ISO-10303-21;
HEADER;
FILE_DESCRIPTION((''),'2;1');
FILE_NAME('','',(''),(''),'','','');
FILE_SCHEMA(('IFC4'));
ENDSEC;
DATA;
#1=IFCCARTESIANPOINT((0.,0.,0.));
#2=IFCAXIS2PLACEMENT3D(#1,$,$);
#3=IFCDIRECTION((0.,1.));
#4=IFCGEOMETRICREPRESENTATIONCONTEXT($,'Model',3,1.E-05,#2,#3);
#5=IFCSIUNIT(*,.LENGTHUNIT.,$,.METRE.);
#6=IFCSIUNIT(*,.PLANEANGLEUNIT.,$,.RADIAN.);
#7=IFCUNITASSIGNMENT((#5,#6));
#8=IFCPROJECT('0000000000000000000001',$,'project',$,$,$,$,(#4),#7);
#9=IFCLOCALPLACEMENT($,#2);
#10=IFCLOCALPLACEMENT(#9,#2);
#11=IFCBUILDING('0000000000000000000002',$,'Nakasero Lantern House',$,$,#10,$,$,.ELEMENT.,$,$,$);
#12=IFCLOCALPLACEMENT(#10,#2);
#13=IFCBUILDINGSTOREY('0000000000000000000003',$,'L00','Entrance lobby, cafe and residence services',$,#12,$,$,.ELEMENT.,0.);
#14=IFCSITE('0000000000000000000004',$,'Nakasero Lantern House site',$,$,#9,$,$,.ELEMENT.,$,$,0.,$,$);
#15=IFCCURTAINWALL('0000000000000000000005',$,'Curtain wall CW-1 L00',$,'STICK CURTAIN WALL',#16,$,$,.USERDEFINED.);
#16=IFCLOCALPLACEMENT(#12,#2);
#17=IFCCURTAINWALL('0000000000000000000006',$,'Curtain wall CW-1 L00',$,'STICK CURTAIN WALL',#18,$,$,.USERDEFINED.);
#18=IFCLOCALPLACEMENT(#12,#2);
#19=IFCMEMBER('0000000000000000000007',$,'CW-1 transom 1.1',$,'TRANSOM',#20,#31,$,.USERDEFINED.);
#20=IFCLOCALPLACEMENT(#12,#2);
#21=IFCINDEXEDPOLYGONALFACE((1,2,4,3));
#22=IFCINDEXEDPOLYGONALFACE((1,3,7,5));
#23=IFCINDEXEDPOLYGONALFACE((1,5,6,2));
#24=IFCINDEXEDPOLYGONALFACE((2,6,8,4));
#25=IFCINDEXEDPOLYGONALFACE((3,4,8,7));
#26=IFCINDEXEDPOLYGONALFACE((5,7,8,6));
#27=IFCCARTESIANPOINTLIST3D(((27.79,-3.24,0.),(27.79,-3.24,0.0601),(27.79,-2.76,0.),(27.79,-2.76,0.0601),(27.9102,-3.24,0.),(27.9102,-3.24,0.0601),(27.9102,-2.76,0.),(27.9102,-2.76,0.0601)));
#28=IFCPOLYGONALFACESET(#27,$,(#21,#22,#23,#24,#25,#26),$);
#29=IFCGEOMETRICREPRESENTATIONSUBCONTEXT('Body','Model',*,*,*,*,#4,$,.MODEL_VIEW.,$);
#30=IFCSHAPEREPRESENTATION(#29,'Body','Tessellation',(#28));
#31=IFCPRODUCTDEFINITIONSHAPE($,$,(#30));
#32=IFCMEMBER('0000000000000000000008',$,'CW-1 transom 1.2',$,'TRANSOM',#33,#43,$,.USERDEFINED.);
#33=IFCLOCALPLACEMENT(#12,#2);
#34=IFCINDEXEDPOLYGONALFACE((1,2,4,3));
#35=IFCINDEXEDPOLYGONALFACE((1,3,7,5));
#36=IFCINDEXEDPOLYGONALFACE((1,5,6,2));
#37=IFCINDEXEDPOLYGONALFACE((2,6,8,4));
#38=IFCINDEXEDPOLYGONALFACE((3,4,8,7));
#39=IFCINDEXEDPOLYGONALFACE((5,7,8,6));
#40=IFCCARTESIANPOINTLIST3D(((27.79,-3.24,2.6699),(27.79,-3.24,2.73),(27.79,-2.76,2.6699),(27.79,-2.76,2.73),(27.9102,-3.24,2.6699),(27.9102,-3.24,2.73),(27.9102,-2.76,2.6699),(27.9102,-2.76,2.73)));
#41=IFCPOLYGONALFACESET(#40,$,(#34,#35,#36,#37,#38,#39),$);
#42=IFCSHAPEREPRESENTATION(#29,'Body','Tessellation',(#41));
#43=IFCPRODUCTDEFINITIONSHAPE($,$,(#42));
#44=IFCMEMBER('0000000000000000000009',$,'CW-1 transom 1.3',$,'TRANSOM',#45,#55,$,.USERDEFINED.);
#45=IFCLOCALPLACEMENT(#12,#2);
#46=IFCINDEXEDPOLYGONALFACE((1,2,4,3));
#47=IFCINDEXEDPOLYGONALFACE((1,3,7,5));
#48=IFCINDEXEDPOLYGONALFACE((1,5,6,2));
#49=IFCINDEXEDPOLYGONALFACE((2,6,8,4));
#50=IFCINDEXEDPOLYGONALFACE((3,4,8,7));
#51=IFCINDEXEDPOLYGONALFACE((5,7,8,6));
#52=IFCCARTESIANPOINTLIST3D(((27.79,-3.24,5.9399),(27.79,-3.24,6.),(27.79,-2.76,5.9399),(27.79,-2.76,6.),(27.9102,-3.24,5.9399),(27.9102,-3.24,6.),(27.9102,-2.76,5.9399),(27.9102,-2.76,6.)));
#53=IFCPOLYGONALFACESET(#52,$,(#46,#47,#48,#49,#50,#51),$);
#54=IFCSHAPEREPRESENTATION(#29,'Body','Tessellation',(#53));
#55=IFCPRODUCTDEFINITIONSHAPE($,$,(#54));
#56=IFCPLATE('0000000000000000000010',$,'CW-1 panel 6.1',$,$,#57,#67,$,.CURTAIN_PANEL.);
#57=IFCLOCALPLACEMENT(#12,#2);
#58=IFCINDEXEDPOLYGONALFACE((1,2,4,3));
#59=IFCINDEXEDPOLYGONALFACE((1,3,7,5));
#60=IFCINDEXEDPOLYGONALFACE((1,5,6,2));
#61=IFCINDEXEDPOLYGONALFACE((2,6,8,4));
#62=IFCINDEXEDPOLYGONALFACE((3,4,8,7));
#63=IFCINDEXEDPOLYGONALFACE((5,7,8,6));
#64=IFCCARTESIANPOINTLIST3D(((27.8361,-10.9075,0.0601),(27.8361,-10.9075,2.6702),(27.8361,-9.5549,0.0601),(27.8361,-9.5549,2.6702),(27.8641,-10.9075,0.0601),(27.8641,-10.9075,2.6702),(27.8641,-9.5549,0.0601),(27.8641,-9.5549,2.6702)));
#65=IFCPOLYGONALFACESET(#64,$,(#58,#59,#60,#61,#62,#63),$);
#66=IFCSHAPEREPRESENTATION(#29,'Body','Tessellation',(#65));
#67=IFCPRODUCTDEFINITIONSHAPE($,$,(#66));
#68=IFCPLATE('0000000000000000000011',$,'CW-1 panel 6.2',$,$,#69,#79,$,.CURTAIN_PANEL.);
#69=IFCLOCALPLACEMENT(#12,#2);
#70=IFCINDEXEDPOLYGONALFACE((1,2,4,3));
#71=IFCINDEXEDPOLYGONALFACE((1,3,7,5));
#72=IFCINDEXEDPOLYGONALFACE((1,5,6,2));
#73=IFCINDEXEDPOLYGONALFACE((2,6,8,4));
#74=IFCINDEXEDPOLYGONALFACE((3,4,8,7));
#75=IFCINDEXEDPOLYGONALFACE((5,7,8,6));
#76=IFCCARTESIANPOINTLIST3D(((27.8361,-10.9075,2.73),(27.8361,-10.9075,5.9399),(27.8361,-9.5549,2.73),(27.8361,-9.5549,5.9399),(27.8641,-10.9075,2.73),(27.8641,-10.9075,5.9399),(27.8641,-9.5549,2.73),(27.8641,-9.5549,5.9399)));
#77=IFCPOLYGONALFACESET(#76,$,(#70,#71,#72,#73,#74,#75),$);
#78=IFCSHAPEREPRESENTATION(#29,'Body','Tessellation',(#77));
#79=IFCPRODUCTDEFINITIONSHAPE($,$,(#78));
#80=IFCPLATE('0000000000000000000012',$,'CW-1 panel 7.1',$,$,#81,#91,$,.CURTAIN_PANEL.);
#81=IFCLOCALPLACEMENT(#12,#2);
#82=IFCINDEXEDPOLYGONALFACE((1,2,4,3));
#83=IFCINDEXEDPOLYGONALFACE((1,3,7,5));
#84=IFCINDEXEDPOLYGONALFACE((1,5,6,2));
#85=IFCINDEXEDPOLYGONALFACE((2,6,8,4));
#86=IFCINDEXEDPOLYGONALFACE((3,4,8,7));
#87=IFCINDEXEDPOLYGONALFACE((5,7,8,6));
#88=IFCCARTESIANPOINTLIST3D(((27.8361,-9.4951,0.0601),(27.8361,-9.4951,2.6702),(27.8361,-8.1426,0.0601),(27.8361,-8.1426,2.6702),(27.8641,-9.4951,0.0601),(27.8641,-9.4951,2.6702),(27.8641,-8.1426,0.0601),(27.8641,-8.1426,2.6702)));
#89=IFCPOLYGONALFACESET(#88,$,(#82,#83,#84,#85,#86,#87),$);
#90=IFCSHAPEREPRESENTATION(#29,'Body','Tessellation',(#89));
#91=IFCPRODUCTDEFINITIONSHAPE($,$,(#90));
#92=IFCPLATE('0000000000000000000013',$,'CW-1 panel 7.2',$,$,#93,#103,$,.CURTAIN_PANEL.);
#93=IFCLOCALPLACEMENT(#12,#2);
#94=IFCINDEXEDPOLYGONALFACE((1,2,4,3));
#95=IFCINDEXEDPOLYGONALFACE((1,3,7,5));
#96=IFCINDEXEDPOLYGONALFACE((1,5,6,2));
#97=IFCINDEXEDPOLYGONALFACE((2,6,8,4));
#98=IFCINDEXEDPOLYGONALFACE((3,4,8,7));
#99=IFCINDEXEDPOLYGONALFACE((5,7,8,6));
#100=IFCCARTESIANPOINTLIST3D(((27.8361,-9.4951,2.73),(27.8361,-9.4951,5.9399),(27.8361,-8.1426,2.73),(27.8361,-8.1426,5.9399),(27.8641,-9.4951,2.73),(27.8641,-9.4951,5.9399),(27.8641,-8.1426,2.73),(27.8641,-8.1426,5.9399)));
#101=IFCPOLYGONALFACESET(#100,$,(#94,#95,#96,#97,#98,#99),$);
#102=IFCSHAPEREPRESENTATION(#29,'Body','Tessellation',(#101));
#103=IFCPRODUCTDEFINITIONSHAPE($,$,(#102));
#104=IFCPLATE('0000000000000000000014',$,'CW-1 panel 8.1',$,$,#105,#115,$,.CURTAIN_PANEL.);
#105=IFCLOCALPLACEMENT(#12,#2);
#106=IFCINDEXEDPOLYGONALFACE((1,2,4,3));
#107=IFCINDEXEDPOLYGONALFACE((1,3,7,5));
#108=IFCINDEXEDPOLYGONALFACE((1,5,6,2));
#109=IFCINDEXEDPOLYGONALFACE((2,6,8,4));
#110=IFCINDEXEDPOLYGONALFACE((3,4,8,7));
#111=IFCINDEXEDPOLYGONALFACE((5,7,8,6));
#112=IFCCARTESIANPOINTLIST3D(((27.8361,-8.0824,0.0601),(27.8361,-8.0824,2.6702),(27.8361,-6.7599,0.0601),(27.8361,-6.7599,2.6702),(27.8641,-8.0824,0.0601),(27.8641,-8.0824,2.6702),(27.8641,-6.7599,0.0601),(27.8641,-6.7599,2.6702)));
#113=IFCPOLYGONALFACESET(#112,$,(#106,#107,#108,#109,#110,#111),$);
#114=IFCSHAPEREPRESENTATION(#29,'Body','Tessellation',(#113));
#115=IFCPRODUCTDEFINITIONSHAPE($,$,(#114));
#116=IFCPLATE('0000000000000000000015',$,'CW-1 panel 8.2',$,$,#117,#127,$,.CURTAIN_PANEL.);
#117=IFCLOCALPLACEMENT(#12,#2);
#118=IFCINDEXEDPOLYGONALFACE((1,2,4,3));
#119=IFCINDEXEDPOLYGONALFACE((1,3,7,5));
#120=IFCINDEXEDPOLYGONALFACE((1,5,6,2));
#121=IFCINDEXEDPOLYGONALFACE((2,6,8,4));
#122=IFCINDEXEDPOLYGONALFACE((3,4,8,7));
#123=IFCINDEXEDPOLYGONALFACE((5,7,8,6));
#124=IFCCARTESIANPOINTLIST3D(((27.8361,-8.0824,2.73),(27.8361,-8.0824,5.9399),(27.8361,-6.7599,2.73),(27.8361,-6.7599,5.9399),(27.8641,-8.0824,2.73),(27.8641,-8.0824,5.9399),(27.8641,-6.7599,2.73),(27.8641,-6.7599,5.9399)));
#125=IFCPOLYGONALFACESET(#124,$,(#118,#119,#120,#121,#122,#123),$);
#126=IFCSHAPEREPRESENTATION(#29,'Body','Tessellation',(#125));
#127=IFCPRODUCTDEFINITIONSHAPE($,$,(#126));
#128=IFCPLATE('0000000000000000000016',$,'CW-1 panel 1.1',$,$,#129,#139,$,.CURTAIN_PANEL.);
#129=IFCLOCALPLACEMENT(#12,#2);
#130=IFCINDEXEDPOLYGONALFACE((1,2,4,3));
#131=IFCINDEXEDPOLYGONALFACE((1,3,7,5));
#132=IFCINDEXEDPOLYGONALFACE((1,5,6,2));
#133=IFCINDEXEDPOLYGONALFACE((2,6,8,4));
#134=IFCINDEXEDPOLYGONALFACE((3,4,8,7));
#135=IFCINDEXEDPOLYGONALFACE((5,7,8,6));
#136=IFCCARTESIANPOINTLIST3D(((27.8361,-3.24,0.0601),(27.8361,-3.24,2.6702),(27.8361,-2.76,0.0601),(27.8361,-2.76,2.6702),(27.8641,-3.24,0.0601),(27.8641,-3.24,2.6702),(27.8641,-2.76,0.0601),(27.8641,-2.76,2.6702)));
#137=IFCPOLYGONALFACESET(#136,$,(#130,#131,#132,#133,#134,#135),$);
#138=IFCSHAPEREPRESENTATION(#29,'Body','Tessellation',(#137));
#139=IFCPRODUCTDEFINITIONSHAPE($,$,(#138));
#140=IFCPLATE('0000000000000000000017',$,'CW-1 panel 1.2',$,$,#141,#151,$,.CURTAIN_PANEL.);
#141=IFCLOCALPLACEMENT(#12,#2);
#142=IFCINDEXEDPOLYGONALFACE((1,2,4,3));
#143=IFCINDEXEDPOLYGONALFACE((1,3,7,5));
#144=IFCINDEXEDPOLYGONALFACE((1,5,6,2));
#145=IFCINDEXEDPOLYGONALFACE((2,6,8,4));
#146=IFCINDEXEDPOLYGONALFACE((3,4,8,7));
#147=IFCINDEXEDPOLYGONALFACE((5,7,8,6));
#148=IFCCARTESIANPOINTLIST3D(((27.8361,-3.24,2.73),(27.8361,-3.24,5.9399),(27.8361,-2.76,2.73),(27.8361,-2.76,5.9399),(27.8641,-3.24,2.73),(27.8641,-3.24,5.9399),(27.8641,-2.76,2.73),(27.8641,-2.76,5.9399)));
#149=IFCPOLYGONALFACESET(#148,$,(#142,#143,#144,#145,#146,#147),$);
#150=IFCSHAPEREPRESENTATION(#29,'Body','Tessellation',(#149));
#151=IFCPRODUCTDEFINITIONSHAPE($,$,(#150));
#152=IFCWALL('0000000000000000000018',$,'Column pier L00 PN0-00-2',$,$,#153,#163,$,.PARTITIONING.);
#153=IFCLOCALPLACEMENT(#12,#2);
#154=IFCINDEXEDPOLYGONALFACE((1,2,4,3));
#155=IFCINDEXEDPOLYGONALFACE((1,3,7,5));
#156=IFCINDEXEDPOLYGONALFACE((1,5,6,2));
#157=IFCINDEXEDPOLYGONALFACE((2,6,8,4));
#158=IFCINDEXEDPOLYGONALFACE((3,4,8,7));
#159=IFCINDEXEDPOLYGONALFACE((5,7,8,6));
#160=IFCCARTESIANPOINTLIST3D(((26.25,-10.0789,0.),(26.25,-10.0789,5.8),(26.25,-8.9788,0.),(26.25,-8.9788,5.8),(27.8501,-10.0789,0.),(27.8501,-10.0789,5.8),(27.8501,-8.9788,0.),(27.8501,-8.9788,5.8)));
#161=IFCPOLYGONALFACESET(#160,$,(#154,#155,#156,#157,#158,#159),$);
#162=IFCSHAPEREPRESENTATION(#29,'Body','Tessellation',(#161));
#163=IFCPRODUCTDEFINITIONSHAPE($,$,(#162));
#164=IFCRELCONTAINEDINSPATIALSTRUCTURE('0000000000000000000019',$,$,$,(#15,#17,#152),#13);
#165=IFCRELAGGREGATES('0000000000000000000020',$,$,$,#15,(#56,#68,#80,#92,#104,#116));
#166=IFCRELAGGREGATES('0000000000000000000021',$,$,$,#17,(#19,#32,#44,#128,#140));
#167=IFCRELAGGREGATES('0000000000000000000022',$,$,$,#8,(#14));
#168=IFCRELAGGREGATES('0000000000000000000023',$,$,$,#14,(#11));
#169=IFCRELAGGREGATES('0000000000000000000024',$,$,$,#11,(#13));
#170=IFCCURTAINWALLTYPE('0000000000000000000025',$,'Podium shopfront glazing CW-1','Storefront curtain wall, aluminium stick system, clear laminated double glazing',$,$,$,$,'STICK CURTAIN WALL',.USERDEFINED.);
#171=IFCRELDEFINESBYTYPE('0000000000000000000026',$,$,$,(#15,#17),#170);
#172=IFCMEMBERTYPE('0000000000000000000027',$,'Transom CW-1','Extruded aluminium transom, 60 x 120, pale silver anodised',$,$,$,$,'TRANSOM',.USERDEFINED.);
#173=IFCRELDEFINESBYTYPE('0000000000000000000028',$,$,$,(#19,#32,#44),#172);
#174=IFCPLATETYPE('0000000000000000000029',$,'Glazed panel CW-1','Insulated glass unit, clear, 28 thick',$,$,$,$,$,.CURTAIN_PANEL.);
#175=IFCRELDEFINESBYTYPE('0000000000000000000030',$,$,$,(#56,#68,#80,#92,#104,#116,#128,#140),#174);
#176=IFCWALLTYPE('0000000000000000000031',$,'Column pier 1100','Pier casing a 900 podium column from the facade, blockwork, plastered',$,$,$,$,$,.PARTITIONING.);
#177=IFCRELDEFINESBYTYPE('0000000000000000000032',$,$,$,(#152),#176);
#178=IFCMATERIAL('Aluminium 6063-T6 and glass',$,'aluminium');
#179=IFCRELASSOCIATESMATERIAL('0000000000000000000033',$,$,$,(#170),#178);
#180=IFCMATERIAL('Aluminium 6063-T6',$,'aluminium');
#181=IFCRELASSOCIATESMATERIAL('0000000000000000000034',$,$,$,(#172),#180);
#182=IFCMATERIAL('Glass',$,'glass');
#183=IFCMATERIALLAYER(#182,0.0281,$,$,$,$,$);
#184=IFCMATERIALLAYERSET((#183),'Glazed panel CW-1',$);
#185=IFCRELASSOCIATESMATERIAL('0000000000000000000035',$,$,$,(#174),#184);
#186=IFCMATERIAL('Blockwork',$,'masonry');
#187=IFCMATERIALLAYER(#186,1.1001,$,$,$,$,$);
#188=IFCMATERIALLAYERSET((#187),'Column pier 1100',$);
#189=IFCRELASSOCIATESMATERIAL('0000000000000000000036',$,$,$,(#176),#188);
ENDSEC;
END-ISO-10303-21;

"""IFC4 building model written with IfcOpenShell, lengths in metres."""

from ifc_helpers import new_model, si_unit, direction, frame, frame_2d, origin, origin_2d, place, context, subcontext, project, spatial, rectangle, extrude, material, layer, layer_set, material_profile, profile_set, type_object, element, aggregate, save


model = new_model("IFC4")

# Units and contexts
model_context = context("Model", 3, precision=1e-05, world=origin(), true_north=direction((0.0, 1.0)))
body_context = subcontext(model_context, "Body", "Model", "MODEL_VIEW")
ifc_project = project(units=[si_unit("LENGTHUNIT", "METRE"), si_unit("PLANEANGLEUNIT", "RADIAN")], contexts=[model_context])

# Site, building, storey
site_placement = place(None, origin())
site = spatial("IfcSite", under=ifc_project, at=site_placement, Name="Nakasero Lantern House site", CompositionType="ELEMENT", RefElevation=0.0)
building_placement = place(site_placement, origin())
building = spatial("IfcBuilding", under=site, at=building_placement, Name="Nakasero Lantern House", CompositionType="ELEMENT")
storey_placement = place(building_placement, origin())
storey = spatial("IfcBuildingStorey", under=building, at=storey_placement, Name="L00", Description="Entrance lobby, cafe and residence services", CompositionType="ELEMENT", Elevation=0.0)

# Curtain walls
ifc_material_1 = material(Name="Aluminium 6063-T6 and glass", Category="aluminium")
curtain_wall_type = type_object("IfcCurtainWallType", Name="Podium shopfront glazing CW-1", Description="Storefront curtain wall, aluminium stick system, clear laminated double glazing", ElementType="STICK CURTAIN WALL", PredefinedType="USERDEFINED", material=ifc_material_1)
curtain_wall_1_placement = place(storey_placement, origin())
curtain_wall_1 = element("IfcCurtainWall", 1, at=curtain_wall_1_placement, inside=storey, type_object=curtain_wall_type, Name="Curtain wall CW-1 L00", ObjectType="STICK CURTAIN WALL", PredefinedType="USERDEFINED")
curtain_wall_2_placement = place(storey_placement, origin())
curtain_wall_2 = element("IfcCurtainWall", 2, at=curtain_wall_2_placement, inside=storey, type_object=curtain_wall_type, Name="Curtain wall CW-1 L00", ObjectType="STICK CURTAIN WALL", PredefinedType="USERDEFINED")

# Members
ifc_material_2 = material(Name="Aluminium 6063-T6", Category="aluminium")
ifc_material_profile_1 = material_profile(ifc_material_2, rectangle(XDim=0.0601, YDim=0.1201, at=origin_2d()), Name="CW-1 transom 60x120")
ifc_profile_set_1 = profile_set([ifc_material_profile_1], Name="Aluminium 6063-T6")
member_type_1 = type_object("IfcMemberType", Name="Transom CW-1", Description="Extruded aluminium transom, 60 x 120, pale silver anodised", ElementType="TRANSOM", PredefinedType="USERDEFINED", material=ifc_profile_set_1)
member_1_placement = place(storey_placement, frame((27.8501, -3.24, 0.03), z_axis=(0.0, 1.0, 0.0), x_axis=(0.0, 0.0, 1.0)))
member_1 = element("IfcMember", 3, at=member_1_placement, type_object=member_type_1, Name="CW-1 transom 1.1", ObjectType="TRANSOM", PredefinedType="USERDEFINED", context=body_context, shape_type="SweptSolid", body=[
    extrude(rectangle(XDim=0.0601, YDim=0.1201, at=origin_2d()), origin(), (0.0, 0.0, 1.0), 0.48),
])
member_2_placement = place(storey_placement, frame((27.8501, -3.24, 2.7), z_axis=(0.0, 1.0, 0.0), x_axis=(0.0, 0.0, 1.0)))
member_2 = element("IfcMember", 4, at=member_2_placement, type_object=member_type_1, Name="CW-1 transom 1.2", ObjectType="TRANSOM", PredefinedType="USERDEFINED", context=body_context, shape_type="SweptSolid", body=[
    extrude(rectangle(XDim=0.0601, YDim=0.1201, at=origin_2d()), origin(), (0.0, 0.0, 1.0), 0.48),
])
member_3_placement = place(storey_placement, frame((27.8501, -3.24, 5.97), z_axis=(0.0, 1.0, 0.0), x_axis=(0.0, 0.0, 1.0)))
member_3 = element("IfcMember", 5, at=member_3_placement, type_object=member_type_1, Name="CW-1 transom 1.3", ObjectType="TRANSOM", PredefinedType="USERDEFINED", context=body_context, shape_type="SweptSolid", body=[
    extrude(rectangle(XDim=0.0601, YDim=0.1201, at=origin_2d()), origin(), (0.0, 0.0, 1.0), 0.48),
])

# Plates
ifc_material_3 = material(Name="Glass", Category="glass")
ifc_layer_1 = layer(ifc_material_3, 0.0281)
ifc_layer_set_1 = layer_set([ifc_layer_1], Name="Glazed panel CW-1")
plate_type = type_object("IfcPlateType", Name="Glazed panel CW-1", Description="Insulated glass unit, clear, 28 thick", PredefinedType="CURTAIN_PANEL", material=ifc_layer_set_1)
plate_1_placement = place(storey_placement, frame((27.8501, -10.2312, 0.0601), z_axis=(0.0, 0.0, 1.0), x_axis=(0.0, 1.0, 0.0)))
plate_1 = element("IfcPlate", 6, at=plate_1_placement, type_object=plate_type, Name="CW-1 panel 6.1", PredefinedType="CURTAIN_PANEL", context=body_context, shape_type="SweptSolid", body=[
    extrude(rectangle(XDim=1.3525, YDim=0.0281, at=origin_2d()), origin(), (0.0, 0.0, 1.0), 2.6101),
])
plate_2_placement = place(storey_placement, frame((27.8501, -10.2312, 2.73), z_axis=(0.0, 0.0, 1.0), x_axis=(0.0, 1.0, 0.0)))
plate_2 = element("IfcPlate", 7, at=plate_2_placement, type_object=plate_type, Name="CW-1 panel 6.2", PredefinedType="CURTAIN_PANEL", context=body_context, shape_type="SweptSolid", body=[
    extrude(rectangle(XDim=1.3525, YDim=0.0281, at=origin_2d()), origin(), (0.0, 0.0, 1.0), 3.21),
])
plate_3_placement = place(storey_placement, frame((27.8501, -8.8188, 0.0601), z_axis=(0.0, 0.0, 1.0), x_axis=(0.0, 1.0, 0.0)))
plate_3 = element("IfcPlate", 8, at=plate_3_placement, type_object=plate_type, Name="CW-1 panel 7.1", PredefinedType="CURTAIN_PANEL", context=body_context, shape_type="SweptSolid", body=[
    extrude(rectangle(XDim=1.3525, YDim=0.0281, at=origin_2d()), origin(), (0.0, 0.0, 1.0), 2.6101),
])
plate_4_placement = place(storey_placement, frame((27.8501, -8.8188, 2.73), z_axis=(0.0, 0.0, 1.0), x_axis=(0.0, 1.0, 0.0)))
plate_4 = element("IfcPlate", 9, at=plate_4_placement, type_object=plate_type, Name="CW-1 panel 7.2", PredefinedType="CURTAIN_PANEL", context=body_context, shape_type="SweptSolid", body=[
    extrude(rectangle(XDim=1.3525, YDim=0.0281, at=origin_2d()), origin(), (0.0, 0.0, 1.0), 3.21),
])
plate_5_placement = place(storey_placement, frame((27.8501, -7.4211, 0.0601), z_axis=(0.0, 0.0, 1.0), x_axis=(0.0, 1.0, 0.0)))
plate_5 = element("IfcPlate", 10, at=plate_5_placement, type_object=plate_type, Name="CW-1 panel 8.1", PredefinedType="CURTAIN_PANEL", context=body_context, shape_type="SweptSolid", body=[
    extrude(rectangle(XDim=1.3225, YDim=0.0281, at=origin_2d()), origin(), (0.0, 0.0, 1.0), 2.6101),
])
plate_6_placement = place(storey_placement, frame((27.8501, -7.4211, 2.73), z_axis=(0.0, 0.0, 1.0), x_axis=(0.0, 1.0, 0.0)))
plate_6 = element("IfcPlate", 11, at=plate_6_placement, type_object=plate_type, Name="CW-1 panel 8.2", PredefinedType="CURTAIN_PANEL", context=body_context, shape_type="SweptSolid", body=[
    extrude(rectangle(XDim=1.3225, YDim=0.0281, at=origin_2d()), origin(), (0.0, 0.0, 1.0), 3.21),
])
aggregate(curtain_wall_1, [plate_1, plate_2, plate_3, plate_4, plate_5, plate_6])
plate_7_placement = place(storey_placement, frame((27.8501, -3.0, 0.0601), z_axis=(0.0, 0.0, 1.0), x_axis=(0.0, 1.0, 0.0)))
plate_7 = element("IfcPlate", 12, at=plate_7_placement, type_object=plate_type, Name="CW-1 panel 1.1", PredefinedType="CURTAIN_PANEL", context=body_context, shape_type="SweptSolid", body=[
    extrude(rectangle(XDim=0.48, YDim=0.0281, at=origin_2d()), origin(), (0.0, 0.0, 1.0), 2.6101),
])
plate_8_placement = place(storey_placement, frame((27.8501, -3.0, 2.73), z_axis=(0.0, 0.0, 1.0), x_axis=(0.0, 1.0, 0.0)))
plate_8 = element("IfcPlate", 13, at=plate_8_placement, type_object=plate_type, Name="CW-1 panel 1.2", PredefinedType="CURTAIN_PANEL", context=body_context, shape_type="SweptSolid", body=[
    extrude(rectangle(XDim=0.48, YDim=0.0281, at=origin_2d()), origin(), (0.0, 0.0, 1.0), 3.21),
])
aggregate(curtain_wall_2, [member_1, member_2, member_3, plate_7, plate_8])

# Wall
ifc_material_4 = material(Name="Blockwork", Category="masonry")
ifc_layer_2 = layer(ifc_material_4, 1.1001)
ifc_layer_set_2 = layer_set([ifc_layer_2], Name="Column pier 1100")
wall_type_1 = type_object("IfcWallType", Name="Column pier 1100", Description="Pier casing a 900 podium column from the facade, blockwork, plastered", PredefinedType="PARTITIONING", material=ifc_layer_set_2)
wall_1_placement = place(storey_placement, frame((26.25, -9.5288, 0.0), z_axis=(0.0, 0.0, 1.0), x_axis=(1.0, 0.0, 0.0)))
element("IfcWall", 14, at=wall_1_placement, inside=storey, type_object=wall_type_1, Name="Column pier L00 PN0-00-2", PredefinedType="PARTITIONING", context=body_context, shape_type="SweptSolid", body=[
    extrude(rectangle(XDim=1.6001, YDim=1.1001, at=frame_2d((0.8, 0.0))), origin(), (0.0, 0.0, 1.0), 5.8),
])

save(model, "model.ifc")
